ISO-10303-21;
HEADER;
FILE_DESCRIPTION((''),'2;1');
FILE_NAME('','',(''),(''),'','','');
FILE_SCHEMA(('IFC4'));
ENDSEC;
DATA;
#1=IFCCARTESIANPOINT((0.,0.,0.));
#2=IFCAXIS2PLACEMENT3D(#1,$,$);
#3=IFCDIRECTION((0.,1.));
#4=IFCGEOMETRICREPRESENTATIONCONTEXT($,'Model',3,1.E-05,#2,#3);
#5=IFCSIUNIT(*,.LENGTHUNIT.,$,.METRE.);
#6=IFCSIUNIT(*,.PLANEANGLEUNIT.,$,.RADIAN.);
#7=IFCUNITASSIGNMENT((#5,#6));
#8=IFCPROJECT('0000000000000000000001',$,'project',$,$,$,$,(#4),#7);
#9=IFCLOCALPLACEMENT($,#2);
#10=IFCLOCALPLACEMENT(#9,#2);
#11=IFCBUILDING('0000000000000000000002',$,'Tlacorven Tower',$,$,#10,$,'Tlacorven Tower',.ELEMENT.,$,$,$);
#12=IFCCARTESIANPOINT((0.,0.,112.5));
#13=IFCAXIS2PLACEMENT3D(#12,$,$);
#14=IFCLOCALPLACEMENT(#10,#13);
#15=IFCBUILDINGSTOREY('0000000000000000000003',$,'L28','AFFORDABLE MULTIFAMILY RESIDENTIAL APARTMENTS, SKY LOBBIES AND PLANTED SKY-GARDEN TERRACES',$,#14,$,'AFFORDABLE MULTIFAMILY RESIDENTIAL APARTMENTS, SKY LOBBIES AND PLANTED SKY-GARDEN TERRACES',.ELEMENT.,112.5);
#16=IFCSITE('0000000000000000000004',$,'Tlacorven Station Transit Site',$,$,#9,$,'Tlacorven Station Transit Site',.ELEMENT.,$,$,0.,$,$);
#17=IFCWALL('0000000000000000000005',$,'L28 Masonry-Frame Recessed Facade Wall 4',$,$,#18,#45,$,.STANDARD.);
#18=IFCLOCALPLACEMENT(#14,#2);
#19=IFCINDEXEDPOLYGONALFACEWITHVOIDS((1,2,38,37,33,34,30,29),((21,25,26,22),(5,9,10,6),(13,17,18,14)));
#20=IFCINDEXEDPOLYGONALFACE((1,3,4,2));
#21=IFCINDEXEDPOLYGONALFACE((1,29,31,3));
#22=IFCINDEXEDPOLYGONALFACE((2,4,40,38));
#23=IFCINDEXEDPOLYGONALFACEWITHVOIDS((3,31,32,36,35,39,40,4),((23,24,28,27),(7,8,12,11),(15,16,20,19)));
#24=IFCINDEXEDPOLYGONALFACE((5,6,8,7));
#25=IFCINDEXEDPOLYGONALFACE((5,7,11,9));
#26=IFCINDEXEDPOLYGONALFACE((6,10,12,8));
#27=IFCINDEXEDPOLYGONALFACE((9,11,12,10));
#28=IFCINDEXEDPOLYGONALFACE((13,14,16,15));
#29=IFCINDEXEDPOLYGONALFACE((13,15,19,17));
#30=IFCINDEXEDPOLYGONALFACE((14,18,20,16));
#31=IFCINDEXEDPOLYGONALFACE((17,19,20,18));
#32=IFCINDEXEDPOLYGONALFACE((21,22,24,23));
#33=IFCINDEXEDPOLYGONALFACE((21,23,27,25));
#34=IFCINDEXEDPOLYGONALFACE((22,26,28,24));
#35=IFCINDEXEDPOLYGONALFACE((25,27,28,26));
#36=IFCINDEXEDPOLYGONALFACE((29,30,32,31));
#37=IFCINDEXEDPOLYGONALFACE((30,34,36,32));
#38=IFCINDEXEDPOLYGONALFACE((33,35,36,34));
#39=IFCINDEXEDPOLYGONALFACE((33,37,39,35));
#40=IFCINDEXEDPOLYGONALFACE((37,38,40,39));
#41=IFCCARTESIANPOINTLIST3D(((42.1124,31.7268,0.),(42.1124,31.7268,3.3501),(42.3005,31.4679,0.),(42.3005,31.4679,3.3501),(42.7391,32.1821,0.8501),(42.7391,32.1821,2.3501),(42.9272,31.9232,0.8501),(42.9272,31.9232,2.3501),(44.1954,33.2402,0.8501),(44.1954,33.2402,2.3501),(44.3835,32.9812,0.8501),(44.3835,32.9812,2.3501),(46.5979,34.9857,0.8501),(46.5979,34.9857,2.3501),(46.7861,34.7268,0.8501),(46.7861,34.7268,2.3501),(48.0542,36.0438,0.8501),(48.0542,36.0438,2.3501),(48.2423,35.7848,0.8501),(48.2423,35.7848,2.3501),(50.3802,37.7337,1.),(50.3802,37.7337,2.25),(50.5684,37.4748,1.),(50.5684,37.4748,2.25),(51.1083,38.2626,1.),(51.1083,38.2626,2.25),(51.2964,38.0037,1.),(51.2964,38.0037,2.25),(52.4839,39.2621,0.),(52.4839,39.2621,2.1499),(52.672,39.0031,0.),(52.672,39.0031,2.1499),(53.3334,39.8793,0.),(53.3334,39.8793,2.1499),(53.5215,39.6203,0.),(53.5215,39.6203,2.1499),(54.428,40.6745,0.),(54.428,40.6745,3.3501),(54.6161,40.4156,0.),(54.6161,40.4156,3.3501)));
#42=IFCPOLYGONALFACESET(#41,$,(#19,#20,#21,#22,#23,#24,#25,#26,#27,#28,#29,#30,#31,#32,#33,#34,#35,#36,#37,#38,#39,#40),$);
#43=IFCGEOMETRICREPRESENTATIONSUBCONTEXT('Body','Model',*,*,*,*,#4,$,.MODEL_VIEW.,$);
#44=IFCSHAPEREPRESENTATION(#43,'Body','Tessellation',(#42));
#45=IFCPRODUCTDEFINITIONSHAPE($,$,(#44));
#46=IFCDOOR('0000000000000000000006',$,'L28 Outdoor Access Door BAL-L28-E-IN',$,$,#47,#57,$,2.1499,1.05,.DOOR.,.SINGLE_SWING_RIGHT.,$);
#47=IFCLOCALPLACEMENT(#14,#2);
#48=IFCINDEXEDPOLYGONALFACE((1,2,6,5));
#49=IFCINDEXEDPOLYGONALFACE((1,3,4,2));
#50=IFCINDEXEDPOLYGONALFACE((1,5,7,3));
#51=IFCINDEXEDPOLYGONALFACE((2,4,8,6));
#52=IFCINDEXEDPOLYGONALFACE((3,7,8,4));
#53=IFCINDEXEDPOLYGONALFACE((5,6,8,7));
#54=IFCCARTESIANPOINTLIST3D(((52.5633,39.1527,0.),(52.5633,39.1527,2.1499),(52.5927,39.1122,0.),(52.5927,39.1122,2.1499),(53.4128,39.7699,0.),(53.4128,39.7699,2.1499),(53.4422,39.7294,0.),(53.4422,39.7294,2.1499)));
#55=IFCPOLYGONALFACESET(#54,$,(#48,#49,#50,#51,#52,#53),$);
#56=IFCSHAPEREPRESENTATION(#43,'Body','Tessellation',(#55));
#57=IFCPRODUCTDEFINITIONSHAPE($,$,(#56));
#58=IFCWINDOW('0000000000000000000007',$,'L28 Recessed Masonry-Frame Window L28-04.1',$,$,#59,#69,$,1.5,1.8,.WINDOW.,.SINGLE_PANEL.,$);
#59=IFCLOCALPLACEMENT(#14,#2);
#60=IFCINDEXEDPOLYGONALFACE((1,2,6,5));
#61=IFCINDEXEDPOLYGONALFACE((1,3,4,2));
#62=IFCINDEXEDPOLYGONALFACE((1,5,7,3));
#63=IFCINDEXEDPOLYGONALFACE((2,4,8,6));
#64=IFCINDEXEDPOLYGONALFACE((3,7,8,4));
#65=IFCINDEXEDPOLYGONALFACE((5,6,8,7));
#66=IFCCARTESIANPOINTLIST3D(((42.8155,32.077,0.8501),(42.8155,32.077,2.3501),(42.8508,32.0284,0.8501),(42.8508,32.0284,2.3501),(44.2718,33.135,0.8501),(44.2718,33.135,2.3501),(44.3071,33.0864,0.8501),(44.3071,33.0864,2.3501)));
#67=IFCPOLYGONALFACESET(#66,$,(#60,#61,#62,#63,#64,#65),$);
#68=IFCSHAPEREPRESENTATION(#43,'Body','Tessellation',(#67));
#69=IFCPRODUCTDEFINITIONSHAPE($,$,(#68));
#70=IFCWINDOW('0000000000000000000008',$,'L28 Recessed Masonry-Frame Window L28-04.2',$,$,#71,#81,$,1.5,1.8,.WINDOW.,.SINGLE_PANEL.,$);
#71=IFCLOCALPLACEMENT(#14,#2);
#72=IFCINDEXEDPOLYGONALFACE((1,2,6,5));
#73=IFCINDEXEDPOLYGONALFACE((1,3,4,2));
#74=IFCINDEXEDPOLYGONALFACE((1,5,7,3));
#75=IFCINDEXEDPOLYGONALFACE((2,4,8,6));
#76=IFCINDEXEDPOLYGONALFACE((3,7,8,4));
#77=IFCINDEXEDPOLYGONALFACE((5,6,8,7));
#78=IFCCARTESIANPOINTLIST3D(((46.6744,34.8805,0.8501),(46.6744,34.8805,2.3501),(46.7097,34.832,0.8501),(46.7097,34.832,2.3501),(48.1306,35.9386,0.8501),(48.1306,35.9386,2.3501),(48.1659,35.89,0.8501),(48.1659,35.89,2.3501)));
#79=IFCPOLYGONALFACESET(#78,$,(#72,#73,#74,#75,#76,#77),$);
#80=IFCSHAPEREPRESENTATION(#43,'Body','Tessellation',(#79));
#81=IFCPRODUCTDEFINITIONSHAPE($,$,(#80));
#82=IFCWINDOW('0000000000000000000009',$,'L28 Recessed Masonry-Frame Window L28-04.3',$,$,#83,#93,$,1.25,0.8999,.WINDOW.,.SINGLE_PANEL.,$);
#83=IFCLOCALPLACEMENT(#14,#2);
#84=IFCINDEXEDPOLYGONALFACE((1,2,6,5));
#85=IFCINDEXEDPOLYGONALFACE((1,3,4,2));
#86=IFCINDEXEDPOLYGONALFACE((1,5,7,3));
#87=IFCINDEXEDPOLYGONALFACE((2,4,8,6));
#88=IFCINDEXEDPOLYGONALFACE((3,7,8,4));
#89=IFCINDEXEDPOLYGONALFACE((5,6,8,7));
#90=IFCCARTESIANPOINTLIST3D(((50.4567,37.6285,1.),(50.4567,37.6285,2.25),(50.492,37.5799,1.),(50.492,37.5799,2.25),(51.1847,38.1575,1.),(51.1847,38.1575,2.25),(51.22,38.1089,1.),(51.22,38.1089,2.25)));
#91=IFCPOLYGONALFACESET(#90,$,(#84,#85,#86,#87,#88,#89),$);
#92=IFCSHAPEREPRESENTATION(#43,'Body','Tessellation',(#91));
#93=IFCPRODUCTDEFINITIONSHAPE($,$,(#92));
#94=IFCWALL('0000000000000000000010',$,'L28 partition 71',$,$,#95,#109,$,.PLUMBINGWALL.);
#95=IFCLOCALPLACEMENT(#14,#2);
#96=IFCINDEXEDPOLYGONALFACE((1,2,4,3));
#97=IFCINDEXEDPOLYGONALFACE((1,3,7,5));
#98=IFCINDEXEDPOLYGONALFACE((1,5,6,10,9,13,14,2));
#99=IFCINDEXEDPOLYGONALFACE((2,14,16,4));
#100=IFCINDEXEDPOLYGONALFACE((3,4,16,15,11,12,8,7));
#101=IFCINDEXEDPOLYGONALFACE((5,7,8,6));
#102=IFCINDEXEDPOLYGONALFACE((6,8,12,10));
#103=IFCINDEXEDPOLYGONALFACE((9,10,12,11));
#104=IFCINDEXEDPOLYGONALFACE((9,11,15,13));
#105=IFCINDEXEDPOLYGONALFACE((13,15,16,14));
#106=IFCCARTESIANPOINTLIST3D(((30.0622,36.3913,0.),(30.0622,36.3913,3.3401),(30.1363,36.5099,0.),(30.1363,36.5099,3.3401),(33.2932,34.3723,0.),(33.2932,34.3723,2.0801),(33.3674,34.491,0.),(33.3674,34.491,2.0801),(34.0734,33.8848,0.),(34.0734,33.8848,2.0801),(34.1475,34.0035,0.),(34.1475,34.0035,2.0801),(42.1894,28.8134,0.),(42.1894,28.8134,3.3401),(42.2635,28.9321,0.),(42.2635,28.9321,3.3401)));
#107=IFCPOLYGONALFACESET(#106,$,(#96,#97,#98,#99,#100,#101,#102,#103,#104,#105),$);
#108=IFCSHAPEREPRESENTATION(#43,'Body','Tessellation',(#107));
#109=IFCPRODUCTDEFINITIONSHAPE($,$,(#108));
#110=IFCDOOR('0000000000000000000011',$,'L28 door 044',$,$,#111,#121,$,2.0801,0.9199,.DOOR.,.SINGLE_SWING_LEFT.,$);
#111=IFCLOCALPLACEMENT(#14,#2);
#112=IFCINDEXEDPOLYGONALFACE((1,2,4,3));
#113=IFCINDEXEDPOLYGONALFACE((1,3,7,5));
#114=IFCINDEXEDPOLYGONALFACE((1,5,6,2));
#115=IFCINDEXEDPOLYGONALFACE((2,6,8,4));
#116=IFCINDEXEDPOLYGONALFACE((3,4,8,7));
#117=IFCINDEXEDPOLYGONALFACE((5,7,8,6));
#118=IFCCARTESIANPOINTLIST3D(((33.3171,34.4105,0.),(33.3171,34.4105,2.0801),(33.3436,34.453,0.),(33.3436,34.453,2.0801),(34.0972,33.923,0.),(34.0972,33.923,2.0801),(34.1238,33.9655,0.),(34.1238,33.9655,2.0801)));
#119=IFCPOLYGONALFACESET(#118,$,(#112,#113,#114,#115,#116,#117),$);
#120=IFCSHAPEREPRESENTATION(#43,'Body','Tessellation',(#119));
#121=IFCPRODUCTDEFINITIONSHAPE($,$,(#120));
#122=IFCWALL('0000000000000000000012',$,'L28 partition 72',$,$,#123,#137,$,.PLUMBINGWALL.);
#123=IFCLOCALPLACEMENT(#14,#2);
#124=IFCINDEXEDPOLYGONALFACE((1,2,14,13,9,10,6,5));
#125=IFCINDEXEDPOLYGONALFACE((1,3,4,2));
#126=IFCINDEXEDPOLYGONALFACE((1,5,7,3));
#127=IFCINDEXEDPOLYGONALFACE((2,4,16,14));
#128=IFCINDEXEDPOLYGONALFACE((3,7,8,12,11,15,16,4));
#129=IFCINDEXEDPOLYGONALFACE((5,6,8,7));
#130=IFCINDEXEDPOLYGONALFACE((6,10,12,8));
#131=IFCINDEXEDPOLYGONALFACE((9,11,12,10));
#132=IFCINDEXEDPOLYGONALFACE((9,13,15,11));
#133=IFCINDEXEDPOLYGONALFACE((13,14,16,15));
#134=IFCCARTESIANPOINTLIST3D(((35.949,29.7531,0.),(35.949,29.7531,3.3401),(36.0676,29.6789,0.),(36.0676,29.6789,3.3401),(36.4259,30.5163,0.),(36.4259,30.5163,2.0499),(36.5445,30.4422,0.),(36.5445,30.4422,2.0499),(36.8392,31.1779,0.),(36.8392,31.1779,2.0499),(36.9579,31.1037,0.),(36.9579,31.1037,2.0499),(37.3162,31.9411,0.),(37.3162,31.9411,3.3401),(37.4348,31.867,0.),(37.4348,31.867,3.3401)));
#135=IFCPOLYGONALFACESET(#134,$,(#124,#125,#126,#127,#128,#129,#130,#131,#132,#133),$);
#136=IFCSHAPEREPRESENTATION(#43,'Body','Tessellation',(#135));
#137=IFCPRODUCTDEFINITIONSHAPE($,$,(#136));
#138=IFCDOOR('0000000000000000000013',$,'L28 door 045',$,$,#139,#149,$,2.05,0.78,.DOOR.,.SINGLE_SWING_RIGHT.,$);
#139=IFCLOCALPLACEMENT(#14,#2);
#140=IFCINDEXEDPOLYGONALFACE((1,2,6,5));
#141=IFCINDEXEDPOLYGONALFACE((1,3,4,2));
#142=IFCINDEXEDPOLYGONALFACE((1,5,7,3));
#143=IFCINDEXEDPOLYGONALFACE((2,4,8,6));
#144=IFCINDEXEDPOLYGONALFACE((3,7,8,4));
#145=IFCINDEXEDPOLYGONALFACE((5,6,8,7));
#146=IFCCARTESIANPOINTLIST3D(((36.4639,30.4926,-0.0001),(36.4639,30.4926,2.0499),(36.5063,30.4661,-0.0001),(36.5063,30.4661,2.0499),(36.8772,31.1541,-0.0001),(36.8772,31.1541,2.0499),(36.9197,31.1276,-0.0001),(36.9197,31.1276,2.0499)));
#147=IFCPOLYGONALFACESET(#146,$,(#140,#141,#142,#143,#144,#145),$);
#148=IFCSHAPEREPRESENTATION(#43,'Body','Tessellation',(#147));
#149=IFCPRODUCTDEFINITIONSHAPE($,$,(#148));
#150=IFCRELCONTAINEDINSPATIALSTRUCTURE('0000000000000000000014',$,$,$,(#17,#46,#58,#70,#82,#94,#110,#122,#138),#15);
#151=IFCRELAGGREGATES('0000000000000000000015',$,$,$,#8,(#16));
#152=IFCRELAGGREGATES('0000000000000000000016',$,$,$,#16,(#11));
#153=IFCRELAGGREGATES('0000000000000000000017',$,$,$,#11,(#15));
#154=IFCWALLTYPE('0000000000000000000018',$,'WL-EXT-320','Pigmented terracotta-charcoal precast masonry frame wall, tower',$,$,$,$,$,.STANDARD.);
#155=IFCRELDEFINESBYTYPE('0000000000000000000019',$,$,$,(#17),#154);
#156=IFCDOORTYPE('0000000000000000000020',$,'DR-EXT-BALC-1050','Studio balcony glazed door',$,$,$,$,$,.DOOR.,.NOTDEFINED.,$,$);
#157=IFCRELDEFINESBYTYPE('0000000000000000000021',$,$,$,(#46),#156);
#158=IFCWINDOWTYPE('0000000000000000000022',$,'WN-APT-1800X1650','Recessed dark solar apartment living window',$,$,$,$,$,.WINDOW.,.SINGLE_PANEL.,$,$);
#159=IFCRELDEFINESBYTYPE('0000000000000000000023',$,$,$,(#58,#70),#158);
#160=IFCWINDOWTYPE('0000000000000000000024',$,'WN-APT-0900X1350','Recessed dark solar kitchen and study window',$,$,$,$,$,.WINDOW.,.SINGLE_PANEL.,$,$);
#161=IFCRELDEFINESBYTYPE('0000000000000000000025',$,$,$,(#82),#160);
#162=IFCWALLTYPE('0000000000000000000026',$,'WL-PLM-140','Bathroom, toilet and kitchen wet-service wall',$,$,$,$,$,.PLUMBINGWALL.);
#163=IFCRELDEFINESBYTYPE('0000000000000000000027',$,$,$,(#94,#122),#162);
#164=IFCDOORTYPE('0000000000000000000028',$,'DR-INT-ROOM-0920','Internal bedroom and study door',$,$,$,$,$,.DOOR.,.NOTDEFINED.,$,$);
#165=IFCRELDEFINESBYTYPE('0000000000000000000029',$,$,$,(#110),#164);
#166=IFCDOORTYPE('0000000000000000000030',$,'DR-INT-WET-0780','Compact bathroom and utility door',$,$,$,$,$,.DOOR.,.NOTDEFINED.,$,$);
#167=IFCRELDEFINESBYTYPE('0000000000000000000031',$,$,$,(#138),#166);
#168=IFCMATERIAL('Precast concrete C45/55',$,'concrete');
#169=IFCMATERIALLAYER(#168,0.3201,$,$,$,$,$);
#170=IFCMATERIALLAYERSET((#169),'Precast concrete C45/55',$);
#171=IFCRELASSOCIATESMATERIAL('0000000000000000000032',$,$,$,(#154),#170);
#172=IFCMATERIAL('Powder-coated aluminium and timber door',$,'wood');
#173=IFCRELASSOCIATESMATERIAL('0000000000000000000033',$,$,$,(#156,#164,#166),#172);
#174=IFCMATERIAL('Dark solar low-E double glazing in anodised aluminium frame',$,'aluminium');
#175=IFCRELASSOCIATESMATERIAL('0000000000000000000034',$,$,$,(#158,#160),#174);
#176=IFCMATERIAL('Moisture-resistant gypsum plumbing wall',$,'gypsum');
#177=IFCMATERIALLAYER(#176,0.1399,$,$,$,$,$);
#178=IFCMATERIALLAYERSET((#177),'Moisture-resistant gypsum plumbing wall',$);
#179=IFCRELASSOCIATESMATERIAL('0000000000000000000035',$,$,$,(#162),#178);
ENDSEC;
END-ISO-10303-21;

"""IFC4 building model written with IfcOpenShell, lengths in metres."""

from ifc_helpers import new_model, si_unit, direction, frame, frame_2d, origin, place, context, subcontext, project, spatial, rectangle, extrude, source, transform, mapped, material, layer, layer_set, type_object, element, fill, save


model = new_model("IFC4")

# Units and contexts
model_context = context("Model", 3, precision=1e-05, world=origin(), true_north=direction((0.0, 1.0)))
body_context = subcontext(model_context, "Body", "Model", "MODEL_VIEW")
ifc_project = project(units=[si_unit("LENGTHUNIT", "METRE"), si_unit("PLANEANGLEUNIT", "RADIAN")], contexts=[model_context])

# Site, building, storey
site_placement = place(None, origin())
site = spatial("IfcSite", under=ifc_project, at=site_placement, Name="Tlacorven Station Transit Site", LongName="Tlacorven Station Transit Site", CompositionType="ELEMENT", RefElevation=0.0)
building_placement = place(site_placement, origin())
building = spatial("IfcBuilding", under=site, at=building_placement, Name="Tlacorven Tower", LongName="Tlacorven Tower", CompositionType="ELEMENT")
storey_placement = place(building_placement, frame((0.0, 0.0, 112.5)))
storey = spatial("IfcBuildingStorey", under=building, at=storey_placement, Name="L28", Description="AFFORDABLE MULTIFAMILY RESIDENTIAL APARTMENTS, SKY LOBBIES AND PLANTED SKY-GARDEN TERRACES", LongName="AFFORDABLE MULTIFAMILY RESIDENTIAL APARTMENTS, SKY LOBBIES AND PLANTED SKY-GARDEN TERRACES", CompositionType="ELEMENT", Elevation=112.5)

# Wall, openings, door, windows
ifc_material_1 = material(Name="Precast concrete C45/55", Category="concrete")
ifc_layer_1 = layer(ifc_material_1, 0.3201)
ifc_layer_set_1 = layer_set([ifc_layer_1], Name="Precast concrete C45/55")
wall_type_1 = type_object("IfcWallType", Name="WL-EXT-320", Description="Pigmented terracotta-charcoal precast masonry frame wall, tower", PredefinedType="STANDARD", material=ifc_layer_set_1)
wall_1_placement = place(storey_placement, frame((42.2065, 31.5974, 0.0), z_axis=(0.0, 0.0, 1.0), x_axis=(0.80902, 0.587781, 0.0)))
wall_1 = element("IfcWall", 1, at=wall_1_placement, inside=storey, type_object=wall_type_1, Name="L28 Masonry-Frame Recessed Facade Wall 4", PredefinedType="STANDARD", context=body_context, shape_type="SweptSolid", body=[
    extrude(rectangle(XDim=15.2229, YDim=0.3201, at=frame_2d((7.6113, 0.0))), origin(), (0.0, 0.0, 1.0), 3.3501),
])
opening_1_placement = place(wall_1_placement, frame((12.8198, 0.0, 0.0)))
opening_1 = element("IfcOpeningElement", 2, at=opening_1_placement, cuts=wall_1, PredefinedType="OPENING", context=body_context, shape_type="SweptSolid", body=[
    extrude(rectangle(XDim=1.05, YDim=2.1499, at=frame_2d((0.5249, 1.075))), frame((0.0, 0.1699, 0.0), z_axis=(0.0, -1.0, 0.0), x_axis=(1.0, 0.0, 0.0)), (0.0, 0.0, 1.0), 0.3401),
])
opening_2_placement = place(wall_1_placement, frame((0.7747, 0.0, 0.8501)))
opening_2 = element("IfcOpeningElement", 3, at=opening_2_placement, cuts=wall_1, PredefinedType="OPENING", context=body_context, shape_type="SweptSolid", body=[
    extrude(rectangle(XDim=1.8, YDim=1.5, at=frame_2d((0.8999, 0.75))), frame((0.0, 0.1699, 0.0), z_axis=(0.0, -1.0, 0.0), x_axis=(1.0, 0.0, 0.0)), (0.0, 0.0, 1.0), 0.3401),
])
opening_3_placement = place(wall_1_placement, frame((5.5444, 0.0, 0.8501)))
opening_3 = element("IfcOpeningElement", 4, at=opening_3_placement, cuts=wall_1, PredefinedType="OPENING", context=body_context, shape_type="SweptSolid", body=[
    extrude(rectangle(XDim=1.8, YDim=1.5, at=frame_2d((0.8999, 0.75))), frame((0.0, 0.1699, 0.0), z_axis=(0.0, -1.0, 0.0), x_axis=(1.0, 0.0, 0.0)), (0.0, 0.0, 1.0), 0.3401),
])
opening_4_placement = place(wall_1_placement, frame((10.2195, 0.0, 1.0)))
opening_4 = element("IfcOpeningElement", 5, at=opening_4_placement, cuts=wall_1, PredefinedType="OPENING", context=body_context, shape_type="SweptSolid", body=[
    extrude(rectangle(XDim=0.8999, YDim=1.25, at=frame_2d((0.45, 0.625))), frame((0.0, 0.1699, 0.0), z_axis=(0.0, -1.0, 0.0), x_axis=(1.0, 0.0, 0.0)), (0.0, 0.0, 1.0), 0.3401),
])
ifc_material_2 = material(Name="Powder-coated aluminium and timber door", Category="wood")
door_type_1 = type_object("IfcDoorType", Name="DR-EXT-BALC-1050", Description="Studio balcony glazed door", OperationType="NOTDEFINED", PredefinedType="DOOR", material=ifc_material_2)
shared_shape_1 = source(origin(), body_context, "Body", "SweptSolid", [
    extrude(rectangle(XDim=1.05, YDim=2.1499, at=frame_2d((0.5249, 1.075))), frame((0.0, 0.0249, 0.0), z_axis=(0.0, -1.0, 0.0), x_axis=(1.0, 0.0, 0.0)), (0.0, 0.0, 1.0), 0.05),
])
door_1_placement = place(opening_1_placement, origin())
door_1 = element("IfcDoor", 6, at=door_1_placement, inside=storey, type_object=door_type_1, Name="L28 Outdoor Access Door BAL-L28-E-IN", OperationType="SINGLE_SWING_RIGHT", OverallHeight=2.1499, OverallWidth=1.05, PredefinedType="DOOR", context=body_context, shape_type="MappedRepresentation", body=[
    mapped(shared_shape_1, transform((0.0, 0.0, 0.0), scale=1.0)),
])
fill(opening_1, door_1)
ifc_material_3 = material(Name="Dark solar low-E double glazing in anodised aluminium frame", Category="aluminium")
window_type_1 = type_object("IfcWindowType", Name="WN-APT-1800X1650", Description="Recessed dark solar apartment living window", PartitioningType="SINGLE_PANEL", PredefinedType="WINDOW", material=ifc_material_3)
shared_shape_2 = source(origin(), body_context, "Body", "SweptSolid", [
    extrude(rectangle(XDim=1.8, YDim=1.5, at=frame_2d((0.8999, 0.75))), frame((0.0, 0.03, 0.0), z_axis=(0.0, -1.0, 0.0), x_axis=(1.0, 0.0, 0.0)), (0.0, 0.0, 1.0), 0.0601),
])
window_1_placement = place(opening_2_placement, origin())
window_1 = element("IfcWindow", 7, at=window_1_placement, inside=storey, type_object=window_type_1, Name="L28 Recessed Masonry-Frame Window L28-04.1", OverallHeight=1.5, OverallWidth=1.8, PartitioningType="SINGLE_PANEL", PredefinedType="WINDOW", context=body_context, shape_type="MappedRepresentation", body=[
    mapped(shared_shape_2, transform((0.0, 0.0, 0.0), scale=1.0)),
])
fill(opening_2, window_1)
window_2_placement = place(opening_3_placement, origin())
window_2 = element("IfcWindow", 8, at=window_2_placement, inside=storey, type_object=window_type_1, Name="L28 Recessed Masonry-Frame Window L28-04.2", OverallHeight=1.5, OverallWidth=1.8, PartitioningType="SINGLE_PANEL", PredefinedType="WINDOW", context=body_context, shape_type="MappedRepresentation", body=[
    mapped(shared_shape_2, transform((0.0, 0.0, 0.0), scale=1.0)),
])
fill(opening_3, window_2)
window_type_2 = type_object("IfcWindowType", Name="WN-APT-0900X1350", Description="Recessed dark solar kitchen and study window", PartitioningType="SINGLE_PANEL", PredefinedType="WINDOW", material=ifc_material_3)
shared_shape_3 = source(origin(), body_context, "Body", "SweptSolid", [
    extrude(rectangle(XDim=0.8999, YDim=1.25, at=frame_2d((0.45, 0.625))), frame((0.0, 0.03, 0.0), z_axis=(0.0, -1.0, 0.0), x_axis=(1.0, 0.0, 0.0)), (0.0, 0.0, 1.0), 0.0601),
])
window_3_placement = place(opening_4_placement, origin())
window_3 = element("IfcWindow", 9, at=window_3_placement, inside=storey, type_object=window_type_2, Name="L28 Recessed Masonry-Frame Window L28-04.3", OverallHeight=1.25, OverallWidth=0.8999, PartitioningType="SINGLE_PANEL", PredefinedType="WINDOW", context=body_context, shape_type="MappedRepresentation", body=[
    mapped(shared_shape_3, transform((0.0, 0.0, 0.0), scale=1.0)),
])
fill(opening_4, window_3)

# Walls, openings, doors
ifc_material_4 = material(Name="Moisture-resistant gypsum plumbing wall", Category="gypsum")
ifc_layer_2 = layer(ifc_material_4, 0.1399)
ifc_layer_set_2 = layer_set([ifc_layer_2], Name="Moisture-resistant gypsum plumbing wall")
wall_type_2 = type_object("IfcWallType", Name="WL-PLM-140", Description="Bathroom, toilet and kitchen wet-service wall", PredefinedType="PLUMBINGWALL", material=ifc_layer_set_2)
wall_2_placement = place(storey_placement, frame((42.2263, 28.8728, 0.0), z_axis=(0.0, 0.0, 1.0), x_axis=(-0.848049, 0.529918, 0.0)))
wall_2 = element("IfcWall", 10, at=wall_2_placement, inside=storey, type_object=wall_type_2, Name="L28 partition 71", PredefinedType="PLUMBINGWALL", context=body_context, shape_type="SweptSolid", body=[
    extrude(rectangle(XDim=14.3, YDim=0.1399, at=frame_2d((7.1499, 0.0))), origin(), (0.0, 0.0, 1.0), 3.3401),
])
opening_5_placement = place(wall_2_placement, frame((9.5701, 0.0, 0.0)))
opening_5 = element("IfcOpeningElement", 11, at=opening_5_placement, cuts=wall_2, PredefinedType="OPENING", context=body_context, shape_type="SweptSolid", body=[
    extrude(rectangle(XDim=0.9199, YDim=2.0801, at=frame_2d((0.46, 1.04))), frame((0.0, 0.0801, 0.0), z_axis=(0.0, -1.0, 0.0), x_axis=(1.0, 0.0, 0.0)), (0.0, 0.0, 1.0), 0.1599),
])
door_type_2 = type_object("IfcDoorType", Name="DR-INT-ROOM-0920", Description="Internal bedroom and study door", OperationType="NOTDEFINED", PredefinedType="DOOR", material=ifc_material_2)
shared_shape_4 = source(origin(), body_context, "Body", "SweptSolid", [
    extrude(rectangle(XDim=0.9199, YDim=2.0801, at=frame_2d((0.46, 1.04))), frame((0.0, 0.0249, 0.0), z_axis=(0.0, -1.0, 0.0), x_axis=(1.0, 0.0, 0.0)), (0.0, 0.0, 1.0), 0.05),
])
door_2_placement = place(opening_5_placement, origin())
door_2 = element("IfcDoor", 12, at=door_2_placement, inside=storey, type_object=door_type_2, Name="L28 door 044", OperationType="SINGLE_SWING_LEFT", OverallHeight=2.0801, OverallWidth=0.9199, PredefinedType="DOOR", context=body_context, shape_type="MappedRepresentation", body=[
    mapped(shared_shape_4, transform((0.0, 0.0, 0.0), scale=1.0)),
])
fill(opening_5, door_2)
wall_3_placement = place(storey_placement, frame((37.3755, 31.9041, 0.0), z_axis=(0.0, 0.0, 1.0), x_axis=(-0.529914, -0.848051, 0.0)))
wall_3 = element("IfcWall", 13, at=wall_3_placement, inside=storey, type_object=wall_type_2, Name="L28 partition 72", PredefinedType="PLUMBINGWALL", context=body_context, shape_type="SweptSolid", body=[
    extrude(rectangle(XDim=2.5801, YDim=0.1399, at=frame_2d((1.29, 0.0))), origin(), (0.0, 0.0, 1.0), 3.3401),
])
opening_6_placement = place(wall_3_placement, frame((0.8999, 0.0, 0.0)))
opening_6 = element("IfcOpeningElement", 14, at=opening_6_placement, cuts=wall_3, PredefinedType="OPENING", context=body_context, shape_type="SweptSolid", body=[
    extrude(rectangle(XDim=0.78, YDim=2.05, at=frame_2d((0.3901, 1.0249))), frame((0.0, 0.0801, 0.0), z_axis=(0.0, -1.0, 0.0), x_axis=(1.0, 0.0, 0.0)), (0.0, 0.0, 1.0), 0.1599),
])
door_type_3 = type_object("IfcDoorType", Name="DR-INT-WET-0780", Description="Compact bathroom and utility door", OperationType="NOTDEFINED", PredefinedType="DOOR", material=ifc_material_2)
shared_shape_5 = source(origin(), body_context, "Body", "SweptSolid", [
    extrude(rectangle(XDim=0.78, YDim=2.05, at=frame_2d((0.3901, 1.0249))), frame((0.0, 0.0249, 0.0), z_axis=(0.0, -1.0, 0.0), x_axis=(1.0, 0.0, 0.0)), (0.0, 0.0, 1.0), 0.05),
])
door_3_placement = place(opening_6_placement, origin())
door_3 = element("IfcDoor", 15, at=door_3_placement, inside=storey, type_object=door_type_3, Name="L28 door 045", OperationType="SINGLE_SWING_RIGHT", OverallHeight=2.05, OverallWidth=0.78, PredefinedType="DOOR", context=body_context, shape_type="MappedRepresentation", body=[
    mapped(shared_shape_5, transform((0.0, 0.0, 0.0), scale=1.0)),
])
fill(opening_6, door_3)

save(model, "model.ifc")
